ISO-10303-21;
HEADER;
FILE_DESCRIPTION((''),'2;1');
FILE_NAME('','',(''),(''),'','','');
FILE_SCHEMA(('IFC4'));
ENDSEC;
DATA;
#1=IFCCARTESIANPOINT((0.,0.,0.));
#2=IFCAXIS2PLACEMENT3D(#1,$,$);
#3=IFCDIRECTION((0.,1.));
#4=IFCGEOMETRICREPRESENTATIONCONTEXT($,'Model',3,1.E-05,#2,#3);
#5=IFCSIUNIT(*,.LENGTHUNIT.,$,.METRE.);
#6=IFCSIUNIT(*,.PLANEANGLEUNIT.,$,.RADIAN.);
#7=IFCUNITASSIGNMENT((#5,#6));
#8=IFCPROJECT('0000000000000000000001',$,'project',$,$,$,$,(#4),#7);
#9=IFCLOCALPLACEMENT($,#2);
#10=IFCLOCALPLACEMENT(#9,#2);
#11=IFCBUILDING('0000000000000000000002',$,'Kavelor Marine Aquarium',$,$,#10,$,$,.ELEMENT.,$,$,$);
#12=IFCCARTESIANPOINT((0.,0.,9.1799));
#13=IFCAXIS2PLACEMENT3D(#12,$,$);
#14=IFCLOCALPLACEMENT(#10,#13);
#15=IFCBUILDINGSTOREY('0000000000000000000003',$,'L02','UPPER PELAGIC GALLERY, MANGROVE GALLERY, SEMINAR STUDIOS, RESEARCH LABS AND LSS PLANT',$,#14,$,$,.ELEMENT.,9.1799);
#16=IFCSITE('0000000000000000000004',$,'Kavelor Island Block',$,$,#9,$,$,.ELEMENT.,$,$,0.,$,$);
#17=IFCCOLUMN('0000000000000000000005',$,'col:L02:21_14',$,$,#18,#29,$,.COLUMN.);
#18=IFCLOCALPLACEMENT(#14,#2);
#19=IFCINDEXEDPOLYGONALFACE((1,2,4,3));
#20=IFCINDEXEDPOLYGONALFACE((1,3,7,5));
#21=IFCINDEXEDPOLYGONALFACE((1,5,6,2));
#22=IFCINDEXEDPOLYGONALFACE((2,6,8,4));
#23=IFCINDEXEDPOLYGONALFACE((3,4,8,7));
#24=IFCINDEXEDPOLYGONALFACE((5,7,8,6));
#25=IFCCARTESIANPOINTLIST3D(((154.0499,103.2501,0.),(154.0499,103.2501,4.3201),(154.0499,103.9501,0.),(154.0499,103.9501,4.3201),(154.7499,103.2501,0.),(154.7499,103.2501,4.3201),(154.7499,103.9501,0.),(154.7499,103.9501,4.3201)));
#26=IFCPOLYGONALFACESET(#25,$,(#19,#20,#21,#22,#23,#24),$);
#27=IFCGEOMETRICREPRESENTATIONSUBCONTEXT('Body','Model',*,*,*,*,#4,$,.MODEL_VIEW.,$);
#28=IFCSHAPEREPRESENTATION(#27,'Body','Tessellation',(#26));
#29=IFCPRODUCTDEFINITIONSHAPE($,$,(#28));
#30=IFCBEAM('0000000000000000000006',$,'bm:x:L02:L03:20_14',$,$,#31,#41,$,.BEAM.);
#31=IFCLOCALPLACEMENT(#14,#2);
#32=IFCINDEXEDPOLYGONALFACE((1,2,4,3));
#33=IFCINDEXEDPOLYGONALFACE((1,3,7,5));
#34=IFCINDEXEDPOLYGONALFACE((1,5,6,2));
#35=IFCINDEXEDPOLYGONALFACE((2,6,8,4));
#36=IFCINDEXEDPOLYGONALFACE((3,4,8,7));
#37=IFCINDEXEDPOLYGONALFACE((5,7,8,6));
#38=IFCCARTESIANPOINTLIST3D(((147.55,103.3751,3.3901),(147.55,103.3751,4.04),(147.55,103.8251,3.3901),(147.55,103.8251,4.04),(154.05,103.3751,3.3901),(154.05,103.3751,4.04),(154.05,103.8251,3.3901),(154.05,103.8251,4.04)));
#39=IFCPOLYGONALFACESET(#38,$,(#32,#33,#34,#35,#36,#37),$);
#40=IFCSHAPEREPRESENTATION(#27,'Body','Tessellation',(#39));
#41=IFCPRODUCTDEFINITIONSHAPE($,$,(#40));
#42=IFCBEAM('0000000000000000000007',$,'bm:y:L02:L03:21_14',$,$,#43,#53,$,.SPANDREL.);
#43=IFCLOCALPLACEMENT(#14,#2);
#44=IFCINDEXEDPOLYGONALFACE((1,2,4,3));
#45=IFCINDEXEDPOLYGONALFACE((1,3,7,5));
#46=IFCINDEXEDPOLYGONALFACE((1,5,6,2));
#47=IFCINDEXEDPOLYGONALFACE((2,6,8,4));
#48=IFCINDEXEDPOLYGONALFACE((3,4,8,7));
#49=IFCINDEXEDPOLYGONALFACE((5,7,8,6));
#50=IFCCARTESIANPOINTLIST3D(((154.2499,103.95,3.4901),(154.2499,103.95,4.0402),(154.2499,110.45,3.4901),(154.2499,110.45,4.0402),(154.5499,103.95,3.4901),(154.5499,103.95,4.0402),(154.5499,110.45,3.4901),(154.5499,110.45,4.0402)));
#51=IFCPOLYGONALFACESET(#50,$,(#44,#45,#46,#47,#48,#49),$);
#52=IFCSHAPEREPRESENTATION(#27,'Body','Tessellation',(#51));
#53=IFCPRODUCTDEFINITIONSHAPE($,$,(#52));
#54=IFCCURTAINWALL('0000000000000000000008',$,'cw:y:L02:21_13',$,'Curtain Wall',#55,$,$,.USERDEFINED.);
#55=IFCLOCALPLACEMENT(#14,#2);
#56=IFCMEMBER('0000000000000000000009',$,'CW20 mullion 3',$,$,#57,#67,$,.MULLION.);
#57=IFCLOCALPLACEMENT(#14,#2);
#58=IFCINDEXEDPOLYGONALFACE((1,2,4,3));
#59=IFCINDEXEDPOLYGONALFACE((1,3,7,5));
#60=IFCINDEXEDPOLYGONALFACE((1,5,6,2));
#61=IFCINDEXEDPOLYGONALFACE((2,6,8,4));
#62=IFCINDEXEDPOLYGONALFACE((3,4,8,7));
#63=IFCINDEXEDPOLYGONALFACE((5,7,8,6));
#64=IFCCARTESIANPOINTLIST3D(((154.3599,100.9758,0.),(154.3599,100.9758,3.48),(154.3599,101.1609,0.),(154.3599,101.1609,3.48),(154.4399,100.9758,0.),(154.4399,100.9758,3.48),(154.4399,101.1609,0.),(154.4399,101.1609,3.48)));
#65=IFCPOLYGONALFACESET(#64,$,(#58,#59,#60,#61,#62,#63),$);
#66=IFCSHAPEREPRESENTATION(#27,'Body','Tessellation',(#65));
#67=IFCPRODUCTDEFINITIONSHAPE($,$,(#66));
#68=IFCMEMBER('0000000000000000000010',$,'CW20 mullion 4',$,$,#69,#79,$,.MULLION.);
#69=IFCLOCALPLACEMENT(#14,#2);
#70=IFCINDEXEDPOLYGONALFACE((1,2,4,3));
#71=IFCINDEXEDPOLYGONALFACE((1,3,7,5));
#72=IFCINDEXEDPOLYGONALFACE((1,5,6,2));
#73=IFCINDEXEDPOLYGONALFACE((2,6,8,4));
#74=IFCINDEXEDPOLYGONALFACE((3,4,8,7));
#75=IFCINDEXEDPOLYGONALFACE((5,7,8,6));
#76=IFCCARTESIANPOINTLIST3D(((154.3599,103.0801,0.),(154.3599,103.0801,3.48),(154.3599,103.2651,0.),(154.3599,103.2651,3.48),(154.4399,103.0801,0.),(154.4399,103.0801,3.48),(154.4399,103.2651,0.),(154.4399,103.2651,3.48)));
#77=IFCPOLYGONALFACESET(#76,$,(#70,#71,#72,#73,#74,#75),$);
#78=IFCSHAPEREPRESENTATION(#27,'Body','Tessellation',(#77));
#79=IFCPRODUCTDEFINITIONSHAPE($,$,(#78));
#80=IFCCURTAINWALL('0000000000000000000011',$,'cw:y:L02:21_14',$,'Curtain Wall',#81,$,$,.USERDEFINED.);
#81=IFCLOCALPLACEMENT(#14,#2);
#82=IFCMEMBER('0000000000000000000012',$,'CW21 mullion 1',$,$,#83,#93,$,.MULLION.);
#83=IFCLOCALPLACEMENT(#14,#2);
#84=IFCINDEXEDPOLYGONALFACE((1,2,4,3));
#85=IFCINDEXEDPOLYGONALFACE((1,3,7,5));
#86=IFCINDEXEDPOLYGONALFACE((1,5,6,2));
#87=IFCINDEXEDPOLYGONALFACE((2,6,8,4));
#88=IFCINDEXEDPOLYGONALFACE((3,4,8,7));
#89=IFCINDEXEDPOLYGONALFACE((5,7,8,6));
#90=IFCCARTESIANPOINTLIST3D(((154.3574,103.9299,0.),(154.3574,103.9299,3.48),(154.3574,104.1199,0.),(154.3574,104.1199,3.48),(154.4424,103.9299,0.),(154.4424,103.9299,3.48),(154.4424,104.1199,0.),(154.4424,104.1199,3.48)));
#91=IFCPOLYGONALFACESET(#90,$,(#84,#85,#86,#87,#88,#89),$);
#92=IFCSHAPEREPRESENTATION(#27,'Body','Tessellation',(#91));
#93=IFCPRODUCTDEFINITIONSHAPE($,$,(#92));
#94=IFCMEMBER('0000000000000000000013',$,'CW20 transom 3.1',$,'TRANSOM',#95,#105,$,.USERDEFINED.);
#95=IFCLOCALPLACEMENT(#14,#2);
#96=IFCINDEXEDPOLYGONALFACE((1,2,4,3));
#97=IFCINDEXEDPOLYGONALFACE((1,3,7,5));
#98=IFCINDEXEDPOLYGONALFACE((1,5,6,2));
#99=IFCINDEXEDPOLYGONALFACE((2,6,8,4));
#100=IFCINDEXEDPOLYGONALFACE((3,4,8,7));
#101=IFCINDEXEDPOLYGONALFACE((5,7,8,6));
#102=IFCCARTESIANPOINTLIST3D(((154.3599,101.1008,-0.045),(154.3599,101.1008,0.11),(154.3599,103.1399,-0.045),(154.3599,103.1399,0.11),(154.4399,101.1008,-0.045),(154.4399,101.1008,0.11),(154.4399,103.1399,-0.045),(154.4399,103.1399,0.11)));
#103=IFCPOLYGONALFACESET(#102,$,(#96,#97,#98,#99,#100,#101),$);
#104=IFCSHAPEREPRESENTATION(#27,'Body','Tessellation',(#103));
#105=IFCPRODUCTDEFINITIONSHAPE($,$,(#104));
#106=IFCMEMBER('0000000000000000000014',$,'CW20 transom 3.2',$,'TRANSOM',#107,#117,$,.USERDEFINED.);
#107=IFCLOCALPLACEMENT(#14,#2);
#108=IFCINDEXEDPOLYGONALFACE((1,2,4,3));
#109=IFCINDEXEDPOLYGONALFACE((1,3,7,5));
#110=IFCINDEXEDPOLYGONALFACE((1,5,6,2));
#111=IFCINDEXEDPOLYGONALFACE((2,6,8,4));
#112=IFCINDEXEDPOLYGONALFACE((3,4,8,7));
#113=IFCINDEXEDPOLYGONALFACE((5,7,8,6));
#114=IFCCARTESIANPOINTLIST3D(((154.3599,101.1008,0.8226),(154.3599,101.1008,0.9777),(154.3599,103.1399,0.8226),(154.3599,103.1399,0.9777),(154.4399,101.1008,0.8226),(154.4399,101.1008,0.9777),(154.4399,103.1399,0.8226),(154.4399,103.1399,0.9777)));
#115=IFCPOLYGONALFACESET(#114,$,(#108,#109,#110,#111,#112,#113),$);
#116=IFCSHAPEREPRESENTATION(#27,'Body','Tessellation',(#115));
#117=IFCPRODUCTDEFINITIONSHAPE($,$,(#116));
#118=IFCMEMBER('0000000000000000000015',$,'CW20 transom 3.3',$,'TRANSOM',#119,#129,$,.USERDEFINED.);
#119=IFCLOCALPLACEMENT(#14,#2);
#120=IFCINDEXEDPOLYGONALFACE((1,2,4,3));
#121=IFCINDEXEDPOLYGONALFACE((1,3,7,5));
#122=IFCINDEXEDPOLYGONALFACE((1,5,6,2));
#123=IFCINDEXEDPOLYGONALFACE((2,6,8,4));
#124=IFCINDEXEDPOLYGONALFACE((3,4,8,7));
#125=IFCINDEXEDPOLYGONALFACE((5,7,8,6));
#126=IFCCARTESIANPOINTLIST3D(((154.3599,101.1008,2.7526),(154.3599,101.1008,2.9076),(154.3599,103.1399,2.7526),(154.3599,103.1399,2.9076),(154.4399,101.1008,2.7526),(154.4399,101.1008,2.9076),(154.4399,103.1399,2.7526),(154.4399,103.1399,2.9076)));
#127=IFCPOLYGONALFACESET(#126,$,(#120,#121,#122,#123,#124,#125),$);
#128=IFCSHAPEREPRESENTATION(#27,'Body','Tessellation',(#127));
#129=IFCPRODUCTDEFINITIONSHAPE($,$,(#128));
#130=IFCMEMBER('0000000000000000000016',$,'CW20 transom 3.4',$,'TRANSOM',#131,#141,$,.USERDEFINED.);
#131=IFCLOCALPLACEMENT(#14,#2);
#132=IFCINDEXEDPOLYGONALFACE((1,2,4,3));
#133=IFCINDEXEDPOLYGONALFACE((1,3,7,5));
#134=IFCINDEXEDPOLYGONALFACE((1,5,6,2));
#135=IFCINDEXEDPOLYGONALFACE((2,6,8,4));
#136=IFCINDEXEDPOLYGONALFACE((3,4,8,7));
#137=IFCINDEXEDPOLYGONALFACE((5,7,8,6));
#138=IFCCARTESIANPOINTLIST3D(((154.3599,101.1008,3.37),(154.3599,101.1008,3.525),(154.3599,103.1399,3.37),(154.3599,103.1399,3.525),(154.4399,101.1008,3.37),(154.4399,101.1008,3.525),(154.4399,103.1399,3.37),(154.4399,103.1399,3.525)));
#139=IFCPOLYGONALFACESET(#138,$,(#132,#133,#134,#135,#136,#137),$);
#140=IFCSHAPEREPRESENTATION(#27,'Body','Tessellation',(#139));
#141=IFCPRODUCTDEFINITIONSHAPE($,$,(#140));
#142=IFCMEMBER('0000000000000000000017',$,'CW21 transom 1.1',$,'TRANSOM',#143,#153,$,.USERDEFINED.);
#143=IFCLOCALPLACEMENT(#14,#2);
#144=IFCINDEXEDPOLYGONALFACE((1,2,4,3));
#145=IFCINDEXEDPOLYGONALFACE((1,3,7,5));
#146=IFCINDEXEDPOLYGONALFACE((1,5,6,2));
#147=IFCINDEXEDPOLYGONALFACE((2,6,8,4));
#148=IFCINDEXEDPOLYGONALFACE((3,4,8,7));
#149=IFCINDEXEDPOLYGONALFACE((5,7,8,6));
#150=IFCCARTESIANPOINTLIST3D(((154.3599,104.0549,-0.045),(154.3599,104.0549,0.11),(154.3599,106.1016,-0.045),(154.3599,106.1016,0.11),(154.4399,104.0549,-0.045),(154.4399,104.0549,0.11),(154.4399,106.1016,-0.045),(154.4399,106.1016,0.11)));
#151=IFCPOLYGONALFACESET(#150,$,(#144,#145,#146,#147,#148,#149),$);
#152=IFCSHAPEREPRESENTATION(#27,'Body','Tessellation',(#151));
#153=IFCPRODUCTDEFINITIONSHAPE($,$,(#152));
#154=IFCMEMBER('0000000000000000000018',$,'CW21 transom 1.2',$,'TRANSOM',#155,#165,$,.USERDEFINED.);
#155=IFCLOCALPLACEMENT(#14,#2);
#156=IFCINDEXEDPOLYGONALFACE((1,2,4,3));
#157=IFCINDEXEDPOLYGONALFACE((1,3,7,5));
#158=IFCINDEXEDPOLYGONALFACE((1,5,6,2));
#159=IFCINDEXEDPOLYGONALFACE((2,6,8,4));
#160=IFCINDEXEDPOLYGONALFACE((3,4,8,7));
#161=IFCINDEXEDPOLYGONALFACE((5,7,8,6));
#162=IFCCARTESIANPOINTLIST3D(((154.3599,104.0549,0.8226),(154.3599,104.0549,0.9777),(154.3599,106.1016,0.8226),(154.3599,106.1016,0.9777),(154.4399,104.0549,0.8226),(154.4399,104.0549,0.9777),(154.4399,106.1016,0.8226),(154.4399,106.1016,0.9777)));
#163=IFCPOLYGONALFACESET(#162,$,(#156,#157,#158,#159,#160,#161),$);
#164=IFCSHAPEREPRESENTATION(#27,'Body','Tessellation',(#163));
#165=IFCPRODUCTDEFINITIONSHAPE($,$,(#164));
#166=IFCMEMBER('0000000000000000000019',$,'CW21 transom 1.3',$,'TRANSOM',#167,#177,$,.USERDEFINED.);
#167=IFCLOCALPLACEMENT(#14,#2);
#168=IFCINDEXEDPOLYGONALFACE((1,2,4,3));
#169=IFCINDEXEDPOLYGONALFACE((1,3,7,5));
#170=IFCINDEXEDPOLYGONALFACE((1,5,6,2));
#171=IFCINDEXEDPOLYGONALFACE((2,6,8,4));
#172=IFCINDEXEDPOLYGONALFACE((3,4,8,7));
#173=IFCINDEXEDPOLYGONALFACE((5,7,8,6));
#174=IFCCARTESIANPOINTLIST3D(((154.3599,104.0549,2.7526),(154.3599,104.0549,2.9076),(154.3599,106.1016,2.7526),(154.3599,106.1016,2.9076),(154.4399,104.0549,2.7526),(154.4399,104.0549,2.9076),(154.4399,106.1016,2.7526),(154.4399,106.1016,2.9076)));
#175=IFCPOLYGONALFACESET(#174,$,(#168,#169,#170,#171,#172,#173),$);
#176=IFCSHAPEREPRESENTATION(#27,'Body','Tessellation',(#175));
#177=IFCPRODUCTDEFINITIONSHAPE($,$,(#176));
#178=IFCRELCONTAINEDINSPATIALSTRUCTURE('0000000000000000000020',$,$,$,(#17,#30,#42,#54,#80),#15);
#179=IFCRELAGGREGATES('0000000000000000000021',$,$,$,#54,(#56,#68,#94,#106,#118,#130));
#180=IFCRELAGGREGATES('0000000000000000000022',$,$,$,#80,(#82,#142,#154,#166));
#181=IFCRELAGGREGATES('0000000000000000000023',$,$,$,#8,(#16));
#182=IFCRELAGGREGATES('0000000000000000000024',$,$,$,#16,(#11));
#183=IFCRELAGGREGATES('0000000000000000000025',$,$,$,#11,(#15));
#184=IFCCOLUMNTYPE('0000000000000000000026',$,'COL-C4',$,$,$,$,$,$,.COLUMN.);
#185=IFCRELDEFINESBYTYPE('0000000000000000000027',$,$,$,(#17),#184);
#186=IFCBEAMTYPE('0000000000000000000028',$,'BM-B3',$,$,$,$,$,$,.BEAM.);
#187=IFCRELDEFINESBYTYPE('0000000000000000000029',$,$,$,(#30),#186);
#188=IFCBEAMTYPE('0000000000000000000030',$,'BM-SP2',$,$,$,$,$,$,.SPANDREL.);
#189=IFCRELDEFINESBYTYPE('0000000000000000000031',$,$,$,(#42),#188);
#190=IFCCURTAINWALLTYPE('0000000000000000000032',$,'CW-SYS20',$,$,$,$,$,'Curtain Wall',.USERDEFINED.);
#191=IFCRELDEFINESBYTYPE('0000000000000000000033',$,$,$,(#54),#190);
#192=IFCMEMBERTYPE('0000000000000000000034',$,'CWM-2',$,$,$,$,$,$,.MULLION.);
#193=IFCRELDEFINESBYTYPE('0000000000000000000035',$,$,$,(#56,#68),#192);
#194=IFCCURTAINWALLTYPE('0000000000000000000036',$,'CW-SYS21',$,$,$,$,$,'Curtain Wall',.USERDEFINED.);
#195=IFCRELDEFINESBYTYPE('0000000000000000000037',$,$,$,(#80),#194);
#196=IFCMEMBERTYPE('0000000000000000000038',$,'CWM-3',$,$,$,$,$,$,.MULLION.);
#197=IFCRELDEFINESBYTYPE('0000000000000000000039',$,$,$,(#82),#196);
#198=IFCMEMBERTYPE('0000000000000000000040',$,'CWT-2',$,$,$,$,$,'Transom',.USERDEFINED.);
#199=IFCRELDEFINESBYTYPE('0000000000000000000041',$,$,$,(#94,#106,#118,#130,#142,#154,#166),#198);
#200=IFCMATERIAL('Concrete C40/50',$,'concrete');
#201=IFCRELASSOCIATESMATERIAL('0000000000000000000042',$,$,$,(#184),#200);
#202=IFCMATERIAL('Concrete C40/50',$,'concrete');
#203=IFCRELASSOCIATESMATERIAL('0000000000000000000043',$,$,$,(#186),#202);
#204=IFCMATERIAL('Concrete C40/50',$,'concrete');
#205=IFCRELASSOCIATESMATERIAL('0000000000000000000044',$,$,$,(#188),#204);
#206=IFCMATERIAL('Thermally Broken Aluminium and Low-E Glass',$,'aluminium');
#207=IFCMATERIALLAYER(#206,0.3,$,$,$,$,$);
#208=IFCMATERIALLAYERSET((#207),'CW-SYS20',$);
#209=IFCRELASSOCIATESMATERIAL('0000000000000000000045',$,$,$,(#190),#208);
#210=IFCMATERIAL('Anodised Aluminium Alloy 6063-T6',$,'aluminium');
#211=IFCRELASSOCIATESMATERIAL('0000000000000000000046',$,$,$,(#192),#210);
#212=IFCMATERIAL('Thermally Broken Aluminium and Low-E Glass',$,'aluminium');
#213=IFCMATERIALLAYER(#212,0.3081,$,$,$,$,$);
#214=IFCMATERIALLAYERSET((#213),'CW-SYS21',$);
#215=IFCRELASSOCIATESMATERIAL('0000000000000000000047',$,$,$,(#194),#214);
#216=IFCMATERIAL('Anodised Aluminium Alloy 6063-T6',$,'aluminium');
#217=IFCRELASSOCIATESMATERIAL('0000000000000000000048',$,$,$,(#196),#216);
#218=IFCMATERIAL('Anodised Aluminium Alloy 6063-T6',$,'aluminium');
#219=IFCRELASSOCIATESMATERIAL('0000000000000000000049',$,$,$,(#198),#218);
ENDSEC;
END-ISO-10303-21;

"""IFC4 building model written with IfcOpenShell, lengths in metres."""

from ifc_helpers import new_model, si_unit, direction, frame, origin, origin_2d, place, context, subcontext, project, spatial, rectangle, extrude, material, layer, layer_set, material_profile, profile_set, type_object, element, aggregate, save


model = new_model("IFC4")

# Units and contexts
model_context = context("Model", 3, precision=1e-05, world=origin(), true_north=direction((0.0, 1.0)))
body_context = subcontext(model_context, "Body", "Model", "MODEL_VIEW")
ifc_project = project(units=[si_unit("LENGTHUNIT", "METRE"), si_unit("PLANEANGLEUNIT", "RADIAN")], contexts=[model_context])

# Site, building, storey
site_placement = place(None, origin())
site = spatial("IfcSite", under=ifc_project, at=site_placement, Name="Kavelor Island Block", CompositionType="ELEMENT", RefElevation=0.0)
building_placement = place(site_placement, origin())
building = spatial("IfcBuilding", under=site, at=building_placement, Name="Kavelor Marine Aquarium", CompositionType="ELEMENT")
storey_placement = place(building_placement, frame((0.0, 0.0, 9.1799)))
storey = spatial("IfcBuildingStorey", under=building, at=storey_placement, Name="L02", Description="UPPER PELAGIC GALLERY, MANGROVE GALLERY, SEMINAR STUDIOS, RESEARCH LABS AND LSS PLANT", CompositionType="ELEMENT", Elevation=9.1799)

# Column
ifc_material_1 = material(Name="Concrete C40/50", Category="concrete")
ifc_material_profile_1 = material_profile(ifc_material_1, rectangle(XDim=0.7, YDim=0.7, at=origin_2d()), Name="RC-COL 700x700")
ifc_profile_set_1 = profile_set([ifc_material_profile_1], Name="Concrete C40/50")
column_type = type_object("IfcColumnType", Name="COL-C4", PredefinedType="COLUMN", material=ifc_profile_set_1)
column_placement = place(storey_placement, frame((154.3999, 103.6001, 0.0), z_axis=(0.0, 0.0, 1.0), x_axis=(1.0, 0.0, 0.0)))
element("IfcColumn", 1, at=column_placement, inside=storey, type_object=column_type, Name="col:L02:21_14", PredefinedType="COLUMN", context=body_context, shape_type="SweptSolid", body=[
    extrude(rectangle(XDim=0.7, YDim=0.7, at=origin_2d()), origin(), (0.0, 0.0, 1.0), 4.3201),
])

# Beams
ifc_material_2 = material(Name="Concrete C40/50", Category="concrete")
ifc_material_profile_2 = material_profile(ifc_material_2, rectangle(XDim=0.45, YDim=0.6499, at=origin_2d()), Name="RC-BM 450x650")
ifc_profile_set_2 = profile_set([ifc_material_profile_2], Name="Concrete C40/50")
beam_type_1 = type_object("IfcBeamType", Name="BM-B3", PredefinedType="BEAM", material=ifc_profile_set_2)
beam_1_placement = place(storey_placement, frame((147.55, 103.6001, 3.7151), z_axis=(1.0, 0.0, 0.0), x_axis=(0.0, 1.0, 0.0)))
element("IfcBeam", 2, at=beam_1_placement, inside=storey, type_object=beam_type_1, Name="bm:x:L02:L03:20_14", PredefinedType="BEAM", context=body_context, shape_type="SweptSolid", body=[
    extrude(rectangle(XDim=0.45, YDim=0.6499, at=origin_2d()), origin(), (0.0, 0.0, 1.0), 6.5),
])
ifc_material_3 = material(Name="Concrete C40/50", Category="concrete")
ifc_material_profile_3 = material_profile(ifc_material_3, rectangle(XDim=0.3, YDim=0.55, at=origin_2d()), Name="RC-SP 300x550")
ifc_profile_set_3 = profile_set([ifc_material_profile_3], Name="Concrete C40/50")
beam_type_2 = type_object("IfcBeamType", Name="BM-SP2", PredefinedType="SPANDREL", material=ifc_profile_set_3)
beam_2_placement = place(storey_placement, frame((154.3999, 103.95, 3.7651), z_axis=(0.0, 1.0, 0.0), x_axis=(-1.0, 0.0, 0.0)))
element("IfcBeam", 3, at=beam_2_placement, inside=storey, type_object=beam_type_2, Name="bm:y:L02:L03:21_14", PredefinedType="SPANDREL", context=body_context, shape_type="SweptSolid", body=[
    extrude(rectangle(XDim=0.3, YDim=0.55, at=origin_2d()), origin(), (0.0, 0.0, 1.0), 6.5),
])

# Curtain wall, members
ifc_material_4 = material(Name="Thermally Broken Aluminium and Low-E Glass", Category="aluminium")
ifc_layer_1 = layer(ifc_material_4, 0.3)
ifc_layer_set_1 = layer_set([ifc_layer_1], Name="CW-SYS20")
curtain_wall_type_1 = type_object("IfcCurtainWallType", Name="CW-SYS20", ElementType="Curtain Wall", PredefinedType="USERDEFINED", material=ifc_layer_set_1)
curtain_wall_1_placement = place(storey_placement, origin())
curtain_wall_1 = element("IfcCurtainWall", 4, at=curtain_wall_1_placement, inside=storey, type_object=curtain_wall_type_1, Name="cw:y:L02:21_13", ObjectType="Curtain Wall", PredefinedType="USERDEFINED")
ifc_material_5 = material(Name="Anodised Aluminium Alloy 6063-T6", Category="aluminium")
ifc_material_profile_4 = material_profile(ifc_material_5, rectangle(XDim=0.0801, YDim=0.1851, at=origin_2d()), Name="CW-MUL 80x185")
ifc_profile_set_4 = profile_set([ifc_material_profile_4], Name="Anodised Aluminium Alloy 6063-T6")
member_type_1 = type_object("IfcMemberType", Name="CWM-2", PredefinedType="MULLION", material=ifc_profile_set_4)
member_1_placement = place(storey_placement, frame((154.3999, 101.0684, 0.0), z_axis=(0.0, 0.0, 1.0), x_axis=(-1.0, 0.0, 0.0)))
member_1 = element("IfcMember", 5, at=member_1_placement, type_object=member_type_1, Name="CW20 mullion 3", PredefinedType="MULLION", context=body_context, shape_type="SweptSolid", body=[
    extrude(rectangle(XDim=0.0801, YDim=0.1851, at=origin_2d()), origin(), (0.0, 0.0, 1.0), 3.48),
])
member_2_placement = place(storey_placement, frame((154.3999, 103.1726, 0.0), z_axis=(0.0, 0.0, 1.0), x_axis=(-1.0, 0.0, 0.0)))
member_2 = element("IfcMember", 6, at=member_2_placement, type_object=member_type_1, Name="CW20 mullion 4", PredefinedType="MULLION", context=body_context, shape_type="SweptSolid", body=[
    extrude(rectangle(XDim=0.0801, YDim=0.1851, at=origin_2d()), origin(), (0.0, 0.0, 1.0), 3.48),
])

# Curtain wall, member
ifc_material_6 = material(Name="Thermally Broken Aluminium and Low-E Glass", Category="aluminium")
ifc_layer_2 = layer(ifc_material_6, 0.3081)
ifc_layer_set_2 = layer_set([ifc_layer_2], Name="CW-SYS21")
curtain_wall_type_2 = type_object("IfcCurtainWallType", Name="CW-SYS21", ElementType="Curtain Wall", PredefinedType="USERDEFINED", material=ifc_layer_set_2)
curtain_wall_2_placement = place(storey_placement, origin())
curtain_wall_2 = element("IfcCurtainWall", 7, at=curtain_wall_2_placement, inside=storey, type_object=curtain_wall_type_2, Name="cw:y:L02:21_14", ObjectType="Curtain Wall", PredefinedType="USERDEFINED")
ifc_material_7 = material(Name="Anodised Aluminium Alloy 6063-T6", Category="aluminium")
ifc_material_profile_5 = material_profile(ifc_material_7, rectangle(XDim=0.085, YDim=0.1899, at=origin_2d()), Name="CW-MUL 85x190")
ifc_profile_set_5 = profile_set([ifc_material_profile_5], Name="Anodised Aluminium Alloy 6063-T6")
member_type_2 = type_object("IfcMemberType", Name="CWM-3", PredefinedType="MULLION", material=ifc_profile_set_5)
member_3_placement = place(storey_placement, frame((154.3999, 104.0249, 0.0), z_axis=(0.0, 0.0, 1.0), x_axis=(-1.0, 0.0, 0.0)))
member_3 = element("IfcMember", 8, at=member_3_placement, type_object=member_type_2, Name="CW21 mullion 1", PredefinedType="MULLION", context=body_context, shape_type="SweptSolid", body=[
    extrude(rectangle(XDim=0.085, YDim=0.1899, at=origin_2d()), origin(), (0.0, 0.0, 1.0), 3.48),
])

# Members
ifc_material_8 = material(Name="Anodised Aluminium Alloy 6063-T6", Category="aluminium")
ifc_material_profile_6 = material_profile(ifc_material_8, rectangle(XDim=0.0801, YDim=0.155, at=origin_2d()), Name="CW-TRN 80x155")
ifc_profile_set_6 = profile_set([ifc_material_profile_6], Name="Anodised Aluminium Alloy 6063-T6")
member_type_3 = type_object("IfcMemberType", Name="CWT-2", ElementType="Transom", PredefinedType="USERDEFINED", material=ifc_profile_set_6)
member_4_placement = place(storey_placement, frame((154.3999, 101.1008, 0.0325), z_axis=(0.0, 1.0, 0.0), x_axis=(-1.0, 0.0, 0.0)))
member_4 = element("IfcMember", 9, at=member_4_placement, type_object=member_type_3, Name="CW20 transom 3.1", ObjectType="TRANSOM", PredefinedType="USERDEFINED", context=body_context, shape_type="SweptSolid", body=[
    extrude(rectangle(XDim=0.0801, YDim=0.155, at=origin_2d()), origin(), (0.0, 0.0, 1.0), 2.0391),
])
member_5_placement = place(storey_placement, frame((154.3999, 101.1008, 0.9001), z_axis=(0.0, 1.0, 0.0), x_axis=(-1.0, 0.0, 0.0)))
member_5 = element("IfcMember", 10, at=member_5_placement, type_object=member_type_3, Name="CW20 transom 3.2", ObjectType="TRANSOM", PredefinedType="USERDEFINED", context=body_context, shape_type="SweptSolid", body=[
    extrude(rectangle(XDim=0.0801, YDim=0.155, at=origin_2d()), origin(), (0.0, 0.0, 1.0), 2.0391),
])
member_6_placement = place(storey_placement, frame((154.3999, 101.1008, 2.8301), z_axis=(0.0, 1.0, 0.0), x_axis=(-1.0, 0.0, 0.0)))
member_6 = element("IfcMember", 11, at=member_6_placement, type_object=member_type_3, Name="CW20 transom 3.3", ObjectType="TRANSOM", PredefinedType="USERDEFINED", context=body_context, shape_type="SweptSolid", body=[
    extrude(rectangle(XDim=0.0801, YDim=0.155, at=origin_2d()), origin(), (0.0, 0.0, 1.0), 2.0391),
])
member_7_placement = place(storey_placement, frame((154.3999, 101.1008, 3.4475), z_axis=(0.0, 1.0, 0.0), x_axis=(-1.0, 0.0, 0.0)))
member_7 = element("IfcMember", 12, at=member_7_placement, type_object=member_type_3, Name="CW20 transom 3.4", ObjectType="TRANSOM", PredefinedType="USERDEFINED", context=body_context, shape_type="SweptSolid", body=[
    extrude(rectangle(XDim=0.0801, YDim=0.155, at=origin_2d()), origin(), (0.0, 0.0, 1.0), 2.0391),
])
member_8_placement = place(storey_placement, frame((154.3999, 104.0549, 0.0325), z_axis=(0.0, 1.0, 0.0), x_axis=(-1.0, 0.0, 0.0)))
member_8 = element("IfcMember", 13, at=member_8_placement, type_object=member_type_3, Name="CW21 transom 1.1", ObjectType="TRANSOM", PredefinedType="USERDEFINED", context=body_context, shape_type="SweptSolid", body=[
    extrude(rectangle(XDim=0.0801, YDim=0.155, at=origin_2d()), origin(), (0.0, 0.0, 1.0), 2.0466),
])
member_9_placement = place(storey_placement, frame((154.3999, 104.0549, 0.9001), z_axis=(0.0, 1.0, 0.0), x_axis=(-1.0, 0.0, 0.0)))
member_9 = element("IfcMember", 14, at=member_9_placement, type_object=member_type_3, Name="CW21 transom 1.2", ObjectType="TRANSOM", PredefinedType="USERDEFINED", context=body_context, shape_type="SweptSolid", body=[
    extrude(rectangle(XDim=0.0801, YDim=0.155, at=origin_2d()), origin(), (0.0, 0.0, 1.0), 2.0466),
])
member_10_placement = place(storey_placement, frame((154.3999, 104.0549, 2.8301), z_axis=(0.0, 1.0, 0.0), x_axis=(-1.0, 0.0, 0.0)))
member_10 = element("IfcMember", 15, at=member_10_placement, type_object=member_type_3, Name="CW21 transom 1.3", ObjectType="TRANSOM", PredefinedType="USERDEFINED", context=body_context, shape_type="SweptSolid", body=[
    extrude(rectangle(XDim=0.0801, YDim=0.155, at=origin_2d()), origin(), (0.0, 0.0, 1.0), 2.0466),
])

aggregate(curtain_wall_1, [member_1, member_2, member_4, member_5, member_6, member_7])
aggregate(curtain_wall_2, [member_3, member_8, member_9, member_10])

save(model, "model.ifc")
